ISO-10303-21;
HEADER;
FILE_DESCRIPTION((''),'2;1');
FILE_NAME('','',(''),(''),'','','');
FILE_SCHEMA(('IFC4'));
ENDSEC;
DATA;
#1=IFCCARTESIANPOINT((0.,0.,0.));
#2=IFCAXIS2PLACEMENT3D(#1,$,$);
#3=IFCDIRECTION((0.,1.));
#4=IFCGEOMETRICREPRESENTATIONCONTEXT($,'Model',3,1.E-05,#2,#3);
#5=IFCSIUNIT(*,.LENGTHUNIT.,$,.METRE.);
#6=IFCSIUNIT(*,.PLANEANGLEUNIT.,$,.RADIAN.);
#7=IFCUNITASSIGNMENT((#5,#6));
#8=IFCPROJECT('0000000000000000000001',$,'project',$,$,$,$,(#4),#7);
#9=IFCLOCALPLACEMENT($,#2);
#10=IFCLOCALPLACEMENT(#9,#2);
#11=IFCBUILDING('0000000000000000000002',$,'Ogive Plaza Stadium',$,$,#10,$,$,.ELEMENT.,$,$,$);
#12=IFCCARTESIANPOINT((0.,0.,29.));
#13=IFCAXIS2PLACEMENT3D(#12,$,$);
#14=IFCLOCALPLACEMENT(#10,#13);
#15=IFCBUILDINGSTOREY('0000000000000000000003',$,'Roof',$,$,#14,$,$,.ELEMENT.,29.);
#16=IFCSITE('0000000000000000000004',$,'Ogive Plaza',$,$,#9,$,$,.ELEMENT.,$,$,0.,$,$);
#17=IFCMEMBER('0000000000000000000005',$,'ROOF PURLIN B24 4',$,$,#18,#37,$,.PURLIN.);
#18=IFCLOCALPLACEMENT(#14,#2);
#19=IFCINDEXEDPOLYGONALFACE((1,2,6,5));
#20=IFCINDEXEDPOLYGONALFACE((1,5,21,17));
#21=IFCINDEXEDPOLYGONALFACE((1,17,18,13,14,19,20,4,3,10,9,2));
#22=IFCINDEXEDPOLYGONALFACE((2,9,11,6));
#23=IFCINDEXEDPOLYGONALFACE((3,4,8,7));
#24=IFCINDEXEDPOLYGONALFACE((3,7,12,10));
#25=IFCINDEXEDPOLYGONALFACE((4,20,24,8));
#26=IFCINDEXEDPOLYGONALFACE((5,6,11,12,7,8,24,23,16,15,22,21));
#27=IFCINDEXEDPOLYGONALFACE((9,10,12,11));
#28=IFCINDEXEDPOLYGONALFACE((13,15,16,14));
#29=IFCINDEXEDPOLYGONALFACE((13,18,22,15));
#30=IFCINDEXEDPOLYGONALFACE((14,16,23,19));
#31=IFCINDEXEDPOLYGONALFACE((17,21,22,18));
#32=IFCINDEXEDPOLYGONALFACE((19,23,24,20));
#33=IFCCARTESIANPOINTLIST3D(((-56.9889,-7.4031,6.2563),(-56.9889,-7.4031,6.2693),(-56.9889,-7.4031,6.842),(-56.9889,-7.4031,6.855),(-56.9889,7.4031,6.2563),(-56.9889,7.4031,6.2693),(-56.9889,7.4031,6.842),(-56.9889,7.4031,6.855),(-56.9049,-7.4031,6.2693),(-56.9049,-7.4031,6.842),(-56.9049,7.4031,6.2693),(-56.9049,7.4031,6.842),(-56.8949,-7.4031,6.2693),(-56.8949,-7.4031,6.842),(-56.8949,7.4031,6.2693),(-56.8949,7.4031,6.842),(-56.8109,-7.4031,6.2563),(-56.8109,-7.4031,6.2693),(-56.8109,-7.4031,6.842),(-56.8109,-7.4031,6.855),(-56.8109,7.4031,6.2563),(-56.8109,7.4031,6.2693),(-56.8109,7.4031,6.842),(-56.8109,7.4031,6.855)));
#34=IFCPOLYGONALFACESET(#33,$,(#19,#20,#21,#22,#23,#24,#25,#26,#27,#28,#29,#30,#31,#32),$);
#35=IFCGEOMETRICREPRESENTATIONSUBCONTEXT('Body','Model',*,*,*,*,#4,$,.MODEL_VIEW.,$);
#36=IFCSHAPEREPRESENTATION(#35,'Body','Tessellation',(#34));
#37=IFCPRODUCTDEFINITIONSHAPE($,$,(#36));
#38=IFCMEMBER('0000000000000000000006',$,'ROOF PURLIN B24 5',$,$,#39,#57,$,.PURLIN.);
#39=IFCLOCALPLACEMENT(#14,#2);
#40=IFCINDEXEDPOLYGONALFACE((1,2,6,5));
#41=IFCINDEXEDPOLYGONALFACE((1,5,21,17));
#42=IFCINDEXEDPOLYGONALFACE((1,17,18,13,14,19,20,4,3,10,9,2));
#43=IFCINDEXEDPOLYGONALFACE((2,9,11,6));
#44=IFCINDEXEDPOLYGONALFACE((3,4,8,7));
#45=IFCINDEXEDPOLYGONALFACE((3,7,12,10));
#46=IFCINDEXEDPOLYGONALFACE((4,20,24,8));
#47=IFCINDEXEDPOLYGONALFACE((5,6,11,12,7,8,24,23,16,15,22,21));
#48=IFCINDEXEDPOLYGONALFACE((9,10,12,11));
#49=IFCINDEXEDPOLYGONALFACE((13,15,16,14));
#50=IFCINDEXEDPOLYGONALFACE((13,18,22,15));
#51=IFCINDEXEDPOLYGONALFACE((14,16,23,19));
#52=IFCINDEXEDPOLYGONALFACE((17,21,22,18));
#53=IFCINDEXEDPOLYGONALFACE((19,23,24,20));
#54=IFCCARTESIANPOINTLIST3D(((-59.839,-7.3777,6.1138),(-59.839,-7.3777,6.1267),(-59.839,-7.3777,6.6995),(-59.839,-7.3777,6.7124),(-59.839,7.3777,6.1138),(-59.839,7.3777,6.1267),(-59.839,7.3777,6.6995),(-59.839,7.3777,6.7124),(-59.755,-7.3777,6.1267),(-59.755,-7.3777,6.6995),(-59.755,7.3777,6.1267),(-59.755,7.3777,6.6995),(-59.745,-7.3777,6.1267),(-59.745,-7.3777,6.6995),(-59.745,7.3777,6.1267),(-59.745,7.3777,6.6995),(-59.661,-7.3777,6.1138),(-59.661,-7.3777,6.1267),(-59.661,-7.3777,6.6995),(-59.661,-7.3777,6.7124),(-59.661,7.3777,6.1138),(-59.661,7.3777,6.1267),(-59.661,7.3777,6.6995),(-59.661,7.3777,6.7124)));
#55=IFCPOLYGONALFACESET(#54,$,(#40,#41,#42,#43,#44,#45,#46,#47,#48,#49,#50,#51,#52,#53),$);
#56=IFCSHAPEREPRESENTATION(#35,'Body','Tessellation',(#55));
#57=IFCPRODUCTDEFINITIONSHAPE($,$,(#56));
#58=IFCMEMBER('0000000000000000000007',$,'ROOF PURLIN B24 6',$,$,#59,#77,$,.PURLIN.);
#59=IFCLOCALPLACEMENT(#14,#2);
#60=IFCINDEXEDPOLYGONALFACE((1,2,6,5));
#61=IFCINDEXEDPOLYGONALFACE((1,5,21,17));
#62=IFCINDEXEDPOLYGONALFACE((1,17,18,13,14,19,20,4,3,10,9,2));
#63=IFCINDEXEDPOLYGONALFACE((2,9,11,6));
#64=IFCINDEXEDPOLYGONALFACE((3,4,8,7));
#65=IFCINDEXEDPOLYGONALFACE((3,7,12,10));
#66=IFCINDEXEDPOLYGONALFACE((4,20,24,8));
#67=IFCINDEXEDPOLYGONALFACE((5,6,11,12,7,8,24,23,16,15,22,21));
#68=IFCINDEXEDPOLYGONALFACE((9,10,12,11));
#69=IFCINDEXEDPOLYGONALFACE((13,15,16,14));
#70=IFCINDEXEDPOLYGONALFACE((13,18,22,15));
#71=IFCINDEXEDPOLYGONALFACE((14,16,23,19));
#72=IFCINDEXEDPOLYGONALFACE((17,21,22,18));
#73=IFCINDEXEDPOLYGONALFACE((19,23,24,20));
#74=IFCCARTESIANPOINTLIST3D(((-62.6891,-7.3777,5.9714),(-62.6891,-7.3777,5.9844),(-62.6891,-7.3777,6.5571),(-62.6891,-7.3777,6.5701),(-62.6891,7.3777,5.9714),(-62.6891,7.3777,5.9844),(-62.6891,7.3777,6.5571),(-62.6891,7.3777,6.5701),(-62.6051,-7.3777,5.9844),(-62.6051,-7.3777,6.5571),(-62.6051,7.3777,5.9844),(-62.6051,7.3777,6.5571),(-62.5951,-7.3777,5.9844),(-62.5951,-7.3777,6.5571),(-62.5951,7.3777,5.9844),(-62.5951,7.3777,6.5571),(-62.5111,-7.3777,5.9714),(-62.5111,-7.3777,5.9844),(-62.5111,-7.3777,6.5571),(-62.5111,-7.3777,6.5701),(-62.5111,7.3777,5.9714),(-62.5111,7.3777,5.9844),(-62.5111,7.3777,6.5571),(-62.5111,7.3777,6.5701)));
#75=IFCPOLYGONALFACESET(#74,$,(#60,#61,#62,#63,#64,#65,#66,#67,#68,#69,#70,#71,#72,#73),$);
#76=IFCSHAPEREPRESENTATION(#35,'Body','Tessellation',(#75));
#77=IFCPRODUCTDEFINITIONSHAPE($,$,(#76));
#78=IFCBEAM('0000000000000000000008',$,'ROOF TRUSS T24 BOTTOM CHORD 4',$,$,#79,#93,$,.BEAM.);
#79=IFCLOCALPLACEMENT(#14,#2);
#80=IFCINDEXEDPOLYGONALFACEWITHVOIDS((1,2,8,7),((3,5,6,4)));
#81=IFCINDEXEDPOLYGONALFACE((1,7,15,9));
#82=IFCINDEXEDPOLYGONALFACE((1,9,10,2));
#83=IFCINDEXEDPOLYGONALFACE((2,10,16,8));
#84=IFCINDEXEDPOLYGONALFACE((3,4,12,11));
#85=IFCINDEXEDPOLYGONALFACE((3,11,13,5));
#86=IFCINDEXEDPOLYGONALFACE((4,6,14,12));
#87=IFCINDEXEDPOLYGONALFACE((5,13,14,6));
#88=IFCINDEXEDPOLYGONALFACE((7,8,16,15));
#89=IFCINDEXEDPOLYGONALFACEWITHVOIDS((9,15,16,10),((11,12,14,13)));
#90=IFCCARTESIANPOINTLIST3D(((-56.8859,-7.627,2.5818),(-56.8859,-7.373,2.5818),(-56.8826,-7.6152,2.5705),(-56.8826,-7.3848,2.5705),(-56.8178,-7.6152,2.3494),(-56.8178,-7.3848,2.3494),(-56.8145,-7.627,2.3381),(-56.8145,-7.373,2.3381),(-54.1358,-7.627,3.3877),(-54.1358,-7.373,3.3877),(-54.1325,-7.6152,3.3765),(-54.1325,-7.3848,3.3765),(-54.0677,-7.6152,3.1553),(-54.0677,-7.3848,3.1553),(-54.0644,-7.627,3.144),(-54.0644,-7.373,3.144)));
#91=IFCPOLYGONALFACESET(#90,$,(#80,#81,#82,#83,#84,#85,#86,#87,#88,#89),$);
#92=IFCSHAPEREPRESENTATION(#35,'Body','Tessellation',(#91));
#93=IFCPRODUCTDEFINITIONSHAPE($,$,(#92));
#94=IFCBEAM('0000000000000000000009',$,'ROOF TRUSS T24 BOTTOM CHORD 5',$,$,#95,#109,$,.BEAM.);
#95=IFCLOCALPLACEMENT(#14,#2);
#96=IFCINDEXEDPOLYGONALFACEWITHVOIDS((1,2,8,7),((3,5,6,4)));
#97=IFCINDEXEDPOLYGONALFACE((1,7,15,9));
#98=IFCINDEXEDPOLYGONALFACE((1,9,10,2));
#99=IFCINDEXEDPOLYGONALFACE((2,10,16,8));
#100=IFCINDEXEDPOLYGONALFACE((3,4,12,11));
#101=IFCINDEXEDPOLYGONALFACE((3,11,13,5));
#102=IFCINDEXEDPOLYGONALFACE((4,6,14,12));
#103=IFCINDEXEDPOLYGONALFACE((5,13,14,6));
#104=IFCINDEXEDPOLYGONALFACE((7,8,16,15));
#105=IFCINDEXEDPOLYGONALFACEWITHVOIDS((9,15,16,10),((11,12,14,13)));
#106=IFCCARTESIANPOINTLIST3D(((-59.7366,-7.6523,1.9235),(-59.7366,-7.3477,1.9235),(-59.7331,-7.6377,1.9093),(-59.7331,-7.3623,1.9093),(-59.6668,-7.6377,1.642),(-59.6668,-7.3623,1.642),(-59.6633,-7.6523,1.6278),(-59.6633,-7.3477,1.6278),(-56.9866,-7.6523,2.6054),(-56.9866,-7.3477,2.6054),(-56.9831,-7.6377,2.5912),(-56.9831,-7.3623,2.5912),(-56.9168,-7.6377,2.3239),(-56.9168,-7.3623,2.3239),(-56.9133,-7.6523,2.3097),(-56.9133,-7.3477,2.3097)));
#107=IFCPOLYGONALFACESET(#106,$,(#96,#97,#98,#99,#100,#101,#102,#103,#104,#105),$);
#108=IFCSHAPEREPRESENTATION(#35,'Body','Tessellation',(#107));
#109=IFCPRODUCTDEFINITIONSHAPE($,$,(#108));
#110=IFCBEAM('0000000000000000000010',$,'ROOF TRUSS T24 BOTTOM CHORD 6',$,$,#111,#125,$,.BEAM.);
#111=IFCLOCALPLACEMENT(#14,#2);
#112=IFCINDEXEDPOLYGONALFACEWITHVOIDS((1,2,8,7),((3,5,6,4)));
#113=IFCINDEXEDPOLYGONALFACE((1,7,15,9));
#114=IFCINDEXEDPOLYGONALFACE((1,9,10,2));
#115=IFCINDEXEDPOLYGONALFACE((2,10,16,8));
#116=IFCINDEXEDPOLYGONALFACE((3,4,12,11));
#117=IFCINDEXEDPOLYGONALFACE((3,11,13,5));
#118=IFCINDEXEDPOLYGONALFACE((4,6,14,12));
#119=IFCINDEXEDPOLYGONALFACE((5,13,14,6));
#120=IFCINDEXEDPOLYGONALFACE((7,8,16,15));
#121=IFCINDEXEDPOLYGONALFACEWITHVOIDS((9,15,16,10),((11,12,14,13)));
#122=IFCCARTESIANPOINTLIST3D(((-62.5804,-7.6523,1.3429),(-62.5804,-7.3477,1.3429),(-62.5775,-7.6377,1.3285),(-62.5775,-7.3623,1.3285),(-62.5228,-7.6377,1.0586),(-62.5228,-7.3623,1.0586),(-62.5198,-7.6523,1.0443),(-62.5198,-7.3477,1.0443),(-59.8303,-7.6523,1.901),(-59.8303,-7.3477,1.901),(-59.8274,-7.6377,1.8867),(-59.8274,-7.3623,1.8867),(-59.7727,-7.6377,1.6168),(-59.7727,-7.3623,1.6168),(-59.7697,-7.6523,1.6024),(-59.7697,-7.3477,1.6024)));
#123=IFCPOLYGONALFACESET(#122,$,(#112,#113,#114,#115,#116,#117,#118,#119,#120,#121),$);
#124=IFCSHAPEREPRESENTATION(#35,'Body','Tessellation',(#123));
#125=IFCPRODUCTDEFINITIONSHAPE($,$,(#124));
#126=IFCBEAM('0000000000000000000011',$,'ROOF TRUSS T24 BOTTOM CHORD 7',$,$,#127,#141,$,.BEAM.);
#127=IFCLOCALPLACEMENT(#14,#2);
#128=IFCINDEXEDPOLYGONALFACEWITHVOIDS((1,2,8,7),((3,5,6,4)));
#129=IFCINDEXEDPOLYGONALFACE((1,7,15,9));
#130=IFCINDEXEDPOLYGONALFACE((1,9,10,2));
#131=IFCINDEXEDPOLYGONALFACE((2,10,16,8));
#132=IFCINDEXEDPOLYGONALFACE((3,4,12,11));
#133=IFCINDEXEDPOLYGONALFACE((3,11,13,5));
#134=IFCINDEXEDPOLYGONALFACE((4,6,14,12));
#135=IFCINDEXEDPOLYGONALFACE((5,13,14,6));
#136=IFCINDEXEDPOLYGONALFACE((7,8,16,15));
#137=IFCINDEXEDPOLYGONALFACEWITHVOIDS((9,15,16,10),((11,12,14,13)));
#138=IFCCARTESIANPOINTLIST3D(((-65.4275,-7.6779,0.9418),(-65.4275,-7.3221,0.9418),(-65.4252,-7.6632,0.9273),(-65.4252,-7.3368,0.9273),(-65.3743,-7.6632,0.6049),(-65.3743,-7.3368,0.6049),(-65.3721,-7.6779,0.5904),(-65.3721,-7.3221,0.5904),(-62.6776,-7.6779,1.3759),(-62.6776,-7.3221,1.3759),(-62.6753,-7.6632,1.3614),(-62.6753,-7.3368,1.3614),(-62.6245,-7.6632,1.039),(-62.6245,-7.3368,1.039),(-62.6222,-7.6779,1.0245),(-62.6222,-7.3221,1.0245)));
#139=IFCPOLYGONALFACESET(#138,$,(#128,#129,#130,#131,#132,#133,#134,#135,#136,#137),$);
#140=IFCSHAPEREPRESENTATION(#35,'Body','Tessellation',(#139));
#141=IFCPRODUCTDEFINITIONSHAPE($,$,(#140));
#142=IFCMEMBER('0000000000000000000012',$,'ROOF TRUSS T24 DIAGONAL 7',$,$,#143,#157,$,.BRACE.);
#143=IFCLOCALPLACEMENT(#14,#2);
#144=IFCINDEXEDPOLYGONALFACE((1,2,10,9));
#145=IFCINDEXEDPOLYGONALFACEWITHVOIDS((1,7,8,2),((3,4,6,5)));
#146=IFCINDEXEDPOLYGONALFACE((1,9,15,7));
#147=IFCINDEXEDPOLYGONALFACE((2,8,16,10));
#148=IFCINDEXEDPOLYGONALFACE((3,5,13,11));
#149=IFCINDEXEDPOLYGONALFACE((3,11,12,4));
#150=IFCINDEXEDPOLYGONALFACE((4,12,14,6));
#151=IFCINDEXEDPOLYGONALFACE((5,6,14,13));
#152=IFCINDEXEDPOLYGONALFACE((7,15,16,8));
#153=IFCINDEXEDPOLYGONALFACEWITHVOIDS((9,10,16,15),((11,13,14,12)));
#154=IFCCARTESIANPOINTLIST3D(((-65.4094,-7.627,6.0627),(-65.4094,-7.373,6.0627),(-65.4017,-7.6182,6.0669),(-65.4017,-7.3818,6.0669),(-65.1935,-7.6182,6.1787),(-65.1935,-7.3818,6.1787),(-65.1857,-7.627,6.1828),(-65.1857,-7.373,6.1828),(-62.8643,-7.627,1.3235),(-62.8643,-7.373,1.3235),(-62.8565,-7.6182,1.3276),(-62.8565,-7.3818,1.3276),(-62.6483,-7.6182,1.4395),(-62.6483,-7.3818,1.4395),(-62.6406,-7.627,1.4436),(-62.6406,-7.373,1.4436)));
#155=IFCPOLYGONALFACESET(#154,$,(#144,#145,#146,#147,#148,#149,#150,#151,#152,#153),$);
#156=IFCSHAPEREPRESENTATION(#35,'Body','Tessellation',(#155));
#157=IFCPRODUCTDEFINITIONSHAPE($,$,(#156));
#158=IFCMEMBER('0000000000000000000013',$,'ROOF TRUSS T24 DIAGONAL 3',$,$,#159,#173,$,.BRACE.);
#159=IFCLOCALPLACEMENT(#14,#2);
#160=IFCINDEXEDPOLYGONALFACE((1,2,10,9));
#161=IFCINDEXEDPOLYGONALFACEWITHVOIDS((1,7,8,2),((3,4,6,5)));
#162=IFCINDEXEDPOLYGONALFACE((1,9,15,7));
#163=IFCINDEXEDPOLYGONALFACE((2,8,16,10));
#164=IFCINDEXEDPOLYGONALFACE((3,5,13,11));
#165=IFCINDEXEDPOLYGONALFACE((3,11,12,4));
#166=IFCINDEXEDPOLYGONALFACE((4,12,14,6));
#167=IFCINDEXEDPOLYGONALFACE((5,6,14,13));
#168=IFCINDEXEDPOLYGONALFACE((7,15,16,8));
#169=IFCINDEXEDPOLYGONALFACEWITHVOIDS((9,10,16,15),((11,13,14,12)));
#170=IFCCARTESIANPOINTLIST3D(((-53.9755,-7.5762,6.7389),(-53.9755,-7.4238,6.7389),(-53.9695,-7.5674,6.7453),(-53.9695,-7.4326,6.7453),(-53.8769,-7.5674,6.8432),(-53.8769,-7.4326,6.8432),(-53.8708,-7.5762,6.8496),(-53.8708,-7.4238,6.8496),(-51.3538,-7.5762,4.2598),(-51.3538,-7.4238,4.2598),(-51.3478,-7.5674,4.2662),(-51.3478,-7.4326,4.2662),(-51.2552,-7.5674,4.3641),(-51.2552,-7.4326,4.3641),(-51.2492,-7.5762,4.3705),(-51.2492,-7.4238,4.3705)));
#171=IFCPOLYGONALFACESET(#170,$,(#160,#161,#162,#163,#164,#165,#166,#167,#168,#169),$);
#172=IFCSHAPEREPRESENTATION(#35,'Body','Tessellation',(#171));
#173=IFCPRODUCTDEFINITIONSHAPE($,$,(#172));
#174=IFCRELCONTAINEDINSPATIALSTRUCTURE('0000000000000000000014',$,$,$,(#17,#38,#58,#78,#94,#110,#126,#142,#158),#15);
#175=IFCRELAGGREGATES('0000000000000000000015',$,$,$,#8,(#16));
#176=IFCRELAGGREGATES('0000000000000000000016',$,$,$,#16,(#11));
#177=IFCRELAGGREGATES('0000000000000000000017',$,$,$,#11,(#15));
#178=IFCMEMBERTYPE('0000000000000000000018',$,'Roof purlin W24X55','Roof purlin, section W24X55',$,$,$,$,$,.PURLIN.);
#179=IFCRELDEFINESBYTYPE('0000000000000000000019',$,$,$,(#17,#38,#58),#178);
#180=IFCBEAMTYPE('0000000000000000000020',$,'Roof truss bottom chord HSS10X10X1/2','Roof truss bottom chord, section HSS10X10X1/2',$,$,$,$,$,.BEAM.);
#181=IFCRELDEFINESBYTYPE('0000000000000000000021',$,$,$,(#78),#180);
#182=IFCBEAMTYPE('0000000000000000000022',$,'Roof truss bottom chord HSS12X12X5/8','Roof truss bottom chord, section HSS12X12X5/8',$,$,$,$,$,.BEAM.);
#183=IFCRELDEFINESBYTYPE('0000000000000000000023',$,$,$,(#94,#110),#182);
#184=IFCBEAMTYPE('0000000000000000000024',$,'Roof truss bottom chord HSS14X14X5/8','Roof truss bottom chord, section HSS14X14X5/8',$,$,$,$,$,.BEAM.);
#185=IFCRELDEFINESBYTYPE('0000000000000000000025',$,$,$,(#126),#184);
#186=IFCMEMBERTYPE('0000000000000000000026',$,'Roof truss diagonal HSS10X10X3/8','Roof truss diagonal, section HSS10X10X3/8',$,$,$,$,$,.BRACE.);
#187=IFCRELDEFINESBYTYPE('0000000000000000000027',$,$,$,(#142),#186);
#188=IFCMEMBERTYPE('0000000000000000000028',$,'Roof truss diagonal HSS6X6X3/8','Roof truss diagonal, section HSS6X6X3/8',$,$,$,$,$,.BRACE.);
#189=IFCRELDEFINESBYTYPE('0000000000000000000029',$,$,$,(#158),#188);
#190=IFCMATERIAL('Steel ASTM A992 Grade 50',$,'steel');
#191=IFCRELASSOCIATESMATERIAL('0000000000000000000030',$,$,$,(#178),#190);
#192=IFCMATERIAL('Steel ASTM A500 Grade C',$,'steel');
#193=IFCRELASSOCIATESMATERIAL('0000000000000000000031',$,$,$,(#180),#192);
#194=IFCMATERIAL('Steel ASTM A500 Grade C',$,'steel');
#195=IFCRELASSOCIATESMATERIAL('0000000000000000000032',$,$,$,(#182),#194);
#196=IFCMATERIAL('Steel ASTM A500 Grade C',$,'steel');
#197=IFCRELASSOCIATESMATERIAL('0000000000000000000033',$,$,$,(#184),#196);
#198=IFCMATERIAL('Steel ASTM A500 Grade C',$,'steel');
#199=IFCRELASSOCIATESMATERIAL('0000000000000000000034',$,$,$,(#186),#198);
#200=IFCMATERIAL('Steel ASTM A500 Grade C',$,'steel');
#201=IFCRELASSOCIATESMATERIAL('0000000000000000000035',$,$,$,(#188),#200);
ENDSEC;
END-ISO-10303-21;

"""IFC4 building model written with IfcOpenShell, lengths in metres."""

from ifc_helpers import new_model, si_unit, direction, frame, origin, origin_2d, place, context, subcontext, project, spatial, hollow_rectangle, i_section, extrude, material, material_profile, profile_set, type_object, element, save


model = new_model("IFC4")

# Units and contexts
model_context = context("Model", 3, precision=1e-05, world=origin(), true_north=direction((0.0, 1.0)))
body_context = subcontext(model_context, "Body", "Model", "MODEL_VIEW")
ifc_project = project(units=[si_unit("LENGTHUNIT", "METRE"), si_unit("PLANEANGLEUNIT", "RADIAN")], contexts=[model_context])

# Site, building, storey
site_placement = place(None, origin())
site = spatial("IfcSite", under=ifc_project, at=site_placement, Name="Ogive Plaza", CompositionType="ELEMENT", RefElevation=0.0)
building_placement = place(site_placement, origin())
building = spatial("IfcBuilding", under=site, at=building_placement, Name="Ogive Plaza Stadium", CompositionType="ELEMENT")
storey_placement = place(building_placement, frame((0.0, 0.0, 29.0)))
storey = spatial("IfcBuildingStorey", under=building, at=storey_placement, Name="Roof", CompositionType="ELEMENT", Elevation=29.0)

# Members
ifc_material_1 = material(Name="Steel ASTM A992 Grade 50", Category="steel")
ifc_material_profile_1 = material_profile(ifc_material_1, i_section(OverallWidth=0.178, OverallDepth=0.5986, WebThickness=0.01, FlangeThickness=0.0129, at=origin_2d()), Name="W24X55")
ifc_profile_set_1 = profile_set([ifc_material_profile_1], Name="Steel ASTM A992 Grade 50")
member_type_1 = type_object("IfcMemberType", Name="Roof purlin W24X55", Description="Roof purlin, section W24X55", PredefinedType="PURLIN", material=ifc_profile_set_1)
member_1_placement = place(storey_placement, frame((-56.8999, -7.4031, 6.5557), z_axis=(0.0, 1.0, 0.0), x_axis=(-1.0, 0.0, 0.0)))
element("IfcMember", 1, at=member_1_placement, inside=storey, type_object=member_type_1, Name="ROOF PURLIN B24 4", PredefinedType="PURLIN", context=body_context, shape_type="SweptSolid", body=[
    extrude(i_section(OverallWidth=0.178, OverallDepth=0.5986, WebThickness=0.01, FlangeThickness=0.0129, at=origin_2d()), origin(), (0.0, 0.0, 1.0), 14.8062),
])
for number, where, z_axis, x_axis, name in (
    (2, (-59.75, -7.3777, 6.4131), (0.0, 1.0, 0.0), (-1.0, 0.0, 0.0), "ROOF PURLIN B24 5"),
    (3, (-62.6001, -7.3777, 6.2708), (0.0, 1.0, 0.0), (-1.0, 0.0, 0.0), "ROOF PURLIN B24 6"),
):
    element("IfcMember", number, at=place(storey_placement, frame(where, z_axis=z_axis, x_axis=x_axis)), inside=storey, type_object=member_type_1, Name=name, PredefinedType="PURLIN", context=body_context, shape_type="SweptSolid", body=[
        extrude(i_section(OverallWidth=0.178, OverallDepth=0.5986, WebThickness=0.01, FlangeThickness=0.0129, at=origin_2d()), origin(), (0.0, 0.0, 1.0), 14.7554),
    ])

# Beams
ifc_material_2 = material(Name="Steel ASTM A500 Grade C", Category="steel")
ifc_material_profile_2 = material_profile(ifc_material_2, hollow_rectangle(XDim=0.2539, YDim=0.2539, WallThickness=0.0117, at=origin_2d()), Name="HSS10X10X1/2")
ifc_profile_set_2 = profile_set([ifc_material_profile_2], Name="Steel ASTM A500 Grade C")
beam_type_1 = type_object("IfcBeamType", Name="Roof truss bottom chord HSS10X10X1/2", Description="Roof truss bottom chord, section HSS10X10X1/2", PredefinedType="BEAM", material=ifc_profile_set_2)
beam_1_placement = place(storey_placement, frame((-54.1001, -7.5, 3.2659), z_axis=(-0.95964, 0.0, -0.28123), x_axis=(0.0, -1.0, 0.0)))
element("IfcBeam", 4, at=beam_1_placement, inside=storey, type_object=beam_type_1, Name="ROOF TRUSS T24 BOTTOM CHORD 4", PredefinedType="BEAM", context=body_context, shape_type="SweptSolid", body=[
    extrude(hollow_rectangle(XDim=0.2539, YDim=0.2539, WallThickness=0.0117, at=origin_2d()), origin(), (0.0, 0.0, 1.0), 2.8657),
])
ifc_material_3 = material(Name="Steel ASTM A500 Grade C", Category="steel")
ifc_material_profile_3 = material_profile(ifc_material_3, hollow_rectangle(XDim=0.3047, YDim=0.3047, WallThickness=0.0146, at=origin_2d()), Name="HSS12X12X5/8")
ifc_profile_set_3 = profile_set([ifc_material_profile_3], Name="Steel ASTM A500 Grade C")
beam_type_2 = type_object("IfcBeamType", Name="Roof truss bottom chord HSS12X12X5/8", Description="Roof truss bottom chord, section HSS12X12X5/8", PredefinedType="BEAM", material=ifc_profile_set_3)
beam_2_placement = place(storey_placement, frame((-56.95, -7.5, 2.4575), z_axis=(-0.970607, 0.0, -0.24067), x_axis=(0.0, -1.0, 0.0)))
element("IfcBeam", 5, at=beam_2_placement, inside=storey, type_object=beam_type_2, Name="ROOF TRUSS T24 BOTTOM CHORD 5", PredefinedType="BEAM", context=body_context, shape_type="SweptSolid", body=[
    extrude(hollow_rectangle(XDim=0.3047, YDim=0.3047, WallThickness=0.0146, at=origin_2d()), origin(), (0.0, 0.0, 1.0), 2.8333),
])
beam_3_placement = place(storey_placement, frame((-59.8, -7.5, 1.7517), z_axis=(-0.980021, 0.0, -0.198893), x_axis=(0.0, -1.0, 0.0)))
element("IfcBeam", 6, at=beam_3_placement, inside=storey, type_object=beam_type_2, Name="ROOF TRUSS T24 BOTTOM CHORD 6", PredefinedType="BEAM", context=body_context, shape_type="SweptSolid", body=[
    extrude(hollow_rectangle(XDim=0.3047, YDim=0.3047, WallThickness=0.0146, at=origin_2d()), origin(), (0.0, 0.0, 1.0), 2.8062),
])
ifc_material_4 = material(Name="Steel ASTM A500 Grade C", Category="steel")
ifc_material_profile_4 = material_profile(ifc_material_4, hollow_rectangle(XDim=0.3557, YDim=0.3557, WallThickness=0.0146, at=origin_2d()), Name="HSS14X14X5/8")
ifc_profile_set_4 = profile_set([ifc_material_profile_4], Name="Steel ASTM A500 Grade C")
beam_type_3 = type_object("IfcBeamType", Name="Roof truss bottom chord HSS14X14X5/8", Description="Roof truss bottom chord, section HSS14X14X5/8", PredefinedType="BEAM", material=ifc_profile_set_4)
beam_4_placement = place(storey_placement, frame((-62.6499, -7.5, 1.2002), z_axis=(-0.98777, 0.0, -0.155918), x_axis=(0.0, -1.0, 0.0)))
element("IfcBeam", 7, at=beam_4_placement, inside=storey, type_object=beam_type_3, Name="ROOF TRUSS T24 BOTTOM CHORD 7", PredefinedType="BEAM", context=body_context, shape_type="SweptSolid", body=[
    extrude(hollow_rectangle(XDim=0.3557, YDim=0.3557, WallThickness=0.0146, at=origin_2d()), origin(), (0.0, 0.0, 1.0), 2.7839),
])

# Members
ifc_material_5 = material(Name="Steel ASTM A500 Grade C", Category="steel")
ifc_material_profile_5 = material_profile(ifc_material_5, hollow_rectangle(XDim=0.2539, YDim=0.2539, WallThickness=0.0088, at=origin_2d()), Name="HSS10X10X3/8")
ifc_profile_set_5 = profile_set([ifc_material_profile_5], Name="Steel ASTM A500 Grade C")
member_type_2 = type_object("IfcMemberType", Name="Roof truss diagonal HSS10X10X3/8", Description="Roof truss diagonal, section HSS10X10X3/8", PredefinedType="BRACE", material=ifc_profile_set_5)
member_2_placement = place(storey_placement, frame((-62.7524, -7.5, 1.3835), z_axis=(-0.473128, 0.0, 0.880994), x_axis=(0.0, -1.0, 0.0)))
element("IfcMember", 8, at=member_2_placement, inside=storey, type_object=member_type_2, Name="ROOF TRUSS T24 DIAGONAL 7", PredefinedType="BRACE", context=body_context, shape_type="SweptSolid", body=[
    extrude(hollow_rectangle(XDim=0.2539, YDim=0.2539, WallThickness=0.0088, at=origin_2d()), origin(), (0.0, 0.0, 1.0), 5.3794),
])
ifc_material_6 = material(Name="Steel ASTM A500 Grade C", Category="steel")
ifc_material_profile_6 = material_profile(ifc_material_6, hollow_rectangle(XDim=0.1523, YDim=0.1523, WallThickness=0.0088, at=origin_2d()), Name="HSS6X6X3/8")
ifc_profile_set_6 = profile_set([ifc_material_profile_6], Name="Steel ASTM A500 Grade C")
member_type_3 = type_object("IfcMemberType", Name="Roof truss diagonal HSS6X6X3/8", Description="Roof truss diagonal, section HSS6X6X3/8", PredefinedType="BRACE", material=ifc_profile_set_6)
member_3_placement = place(storey_placement, frame((-51.3015, -7.5, 4.3152), z_axis=(-0.726589, 0.0, 0.687072), x_axis=(0.0, -1.0, 0.0)))
element("IfcMember", 9, at=member_3_placement, inside=storey, type_object=member_type_3, Name="ROOF TRUSS T24 DIAGONAL 3", PredefinedType="BRACE", context=body_context, shape_type="SweptSolid", body=[
    extrude(hollow_rectangle(XDim=0.1523, YDim=0.1523, WallThickness=0.0088, at=origin_2d()), origin(), (0.0, 0.0, 1.0), 3.6082),
])

save(model, "model.ifc")
